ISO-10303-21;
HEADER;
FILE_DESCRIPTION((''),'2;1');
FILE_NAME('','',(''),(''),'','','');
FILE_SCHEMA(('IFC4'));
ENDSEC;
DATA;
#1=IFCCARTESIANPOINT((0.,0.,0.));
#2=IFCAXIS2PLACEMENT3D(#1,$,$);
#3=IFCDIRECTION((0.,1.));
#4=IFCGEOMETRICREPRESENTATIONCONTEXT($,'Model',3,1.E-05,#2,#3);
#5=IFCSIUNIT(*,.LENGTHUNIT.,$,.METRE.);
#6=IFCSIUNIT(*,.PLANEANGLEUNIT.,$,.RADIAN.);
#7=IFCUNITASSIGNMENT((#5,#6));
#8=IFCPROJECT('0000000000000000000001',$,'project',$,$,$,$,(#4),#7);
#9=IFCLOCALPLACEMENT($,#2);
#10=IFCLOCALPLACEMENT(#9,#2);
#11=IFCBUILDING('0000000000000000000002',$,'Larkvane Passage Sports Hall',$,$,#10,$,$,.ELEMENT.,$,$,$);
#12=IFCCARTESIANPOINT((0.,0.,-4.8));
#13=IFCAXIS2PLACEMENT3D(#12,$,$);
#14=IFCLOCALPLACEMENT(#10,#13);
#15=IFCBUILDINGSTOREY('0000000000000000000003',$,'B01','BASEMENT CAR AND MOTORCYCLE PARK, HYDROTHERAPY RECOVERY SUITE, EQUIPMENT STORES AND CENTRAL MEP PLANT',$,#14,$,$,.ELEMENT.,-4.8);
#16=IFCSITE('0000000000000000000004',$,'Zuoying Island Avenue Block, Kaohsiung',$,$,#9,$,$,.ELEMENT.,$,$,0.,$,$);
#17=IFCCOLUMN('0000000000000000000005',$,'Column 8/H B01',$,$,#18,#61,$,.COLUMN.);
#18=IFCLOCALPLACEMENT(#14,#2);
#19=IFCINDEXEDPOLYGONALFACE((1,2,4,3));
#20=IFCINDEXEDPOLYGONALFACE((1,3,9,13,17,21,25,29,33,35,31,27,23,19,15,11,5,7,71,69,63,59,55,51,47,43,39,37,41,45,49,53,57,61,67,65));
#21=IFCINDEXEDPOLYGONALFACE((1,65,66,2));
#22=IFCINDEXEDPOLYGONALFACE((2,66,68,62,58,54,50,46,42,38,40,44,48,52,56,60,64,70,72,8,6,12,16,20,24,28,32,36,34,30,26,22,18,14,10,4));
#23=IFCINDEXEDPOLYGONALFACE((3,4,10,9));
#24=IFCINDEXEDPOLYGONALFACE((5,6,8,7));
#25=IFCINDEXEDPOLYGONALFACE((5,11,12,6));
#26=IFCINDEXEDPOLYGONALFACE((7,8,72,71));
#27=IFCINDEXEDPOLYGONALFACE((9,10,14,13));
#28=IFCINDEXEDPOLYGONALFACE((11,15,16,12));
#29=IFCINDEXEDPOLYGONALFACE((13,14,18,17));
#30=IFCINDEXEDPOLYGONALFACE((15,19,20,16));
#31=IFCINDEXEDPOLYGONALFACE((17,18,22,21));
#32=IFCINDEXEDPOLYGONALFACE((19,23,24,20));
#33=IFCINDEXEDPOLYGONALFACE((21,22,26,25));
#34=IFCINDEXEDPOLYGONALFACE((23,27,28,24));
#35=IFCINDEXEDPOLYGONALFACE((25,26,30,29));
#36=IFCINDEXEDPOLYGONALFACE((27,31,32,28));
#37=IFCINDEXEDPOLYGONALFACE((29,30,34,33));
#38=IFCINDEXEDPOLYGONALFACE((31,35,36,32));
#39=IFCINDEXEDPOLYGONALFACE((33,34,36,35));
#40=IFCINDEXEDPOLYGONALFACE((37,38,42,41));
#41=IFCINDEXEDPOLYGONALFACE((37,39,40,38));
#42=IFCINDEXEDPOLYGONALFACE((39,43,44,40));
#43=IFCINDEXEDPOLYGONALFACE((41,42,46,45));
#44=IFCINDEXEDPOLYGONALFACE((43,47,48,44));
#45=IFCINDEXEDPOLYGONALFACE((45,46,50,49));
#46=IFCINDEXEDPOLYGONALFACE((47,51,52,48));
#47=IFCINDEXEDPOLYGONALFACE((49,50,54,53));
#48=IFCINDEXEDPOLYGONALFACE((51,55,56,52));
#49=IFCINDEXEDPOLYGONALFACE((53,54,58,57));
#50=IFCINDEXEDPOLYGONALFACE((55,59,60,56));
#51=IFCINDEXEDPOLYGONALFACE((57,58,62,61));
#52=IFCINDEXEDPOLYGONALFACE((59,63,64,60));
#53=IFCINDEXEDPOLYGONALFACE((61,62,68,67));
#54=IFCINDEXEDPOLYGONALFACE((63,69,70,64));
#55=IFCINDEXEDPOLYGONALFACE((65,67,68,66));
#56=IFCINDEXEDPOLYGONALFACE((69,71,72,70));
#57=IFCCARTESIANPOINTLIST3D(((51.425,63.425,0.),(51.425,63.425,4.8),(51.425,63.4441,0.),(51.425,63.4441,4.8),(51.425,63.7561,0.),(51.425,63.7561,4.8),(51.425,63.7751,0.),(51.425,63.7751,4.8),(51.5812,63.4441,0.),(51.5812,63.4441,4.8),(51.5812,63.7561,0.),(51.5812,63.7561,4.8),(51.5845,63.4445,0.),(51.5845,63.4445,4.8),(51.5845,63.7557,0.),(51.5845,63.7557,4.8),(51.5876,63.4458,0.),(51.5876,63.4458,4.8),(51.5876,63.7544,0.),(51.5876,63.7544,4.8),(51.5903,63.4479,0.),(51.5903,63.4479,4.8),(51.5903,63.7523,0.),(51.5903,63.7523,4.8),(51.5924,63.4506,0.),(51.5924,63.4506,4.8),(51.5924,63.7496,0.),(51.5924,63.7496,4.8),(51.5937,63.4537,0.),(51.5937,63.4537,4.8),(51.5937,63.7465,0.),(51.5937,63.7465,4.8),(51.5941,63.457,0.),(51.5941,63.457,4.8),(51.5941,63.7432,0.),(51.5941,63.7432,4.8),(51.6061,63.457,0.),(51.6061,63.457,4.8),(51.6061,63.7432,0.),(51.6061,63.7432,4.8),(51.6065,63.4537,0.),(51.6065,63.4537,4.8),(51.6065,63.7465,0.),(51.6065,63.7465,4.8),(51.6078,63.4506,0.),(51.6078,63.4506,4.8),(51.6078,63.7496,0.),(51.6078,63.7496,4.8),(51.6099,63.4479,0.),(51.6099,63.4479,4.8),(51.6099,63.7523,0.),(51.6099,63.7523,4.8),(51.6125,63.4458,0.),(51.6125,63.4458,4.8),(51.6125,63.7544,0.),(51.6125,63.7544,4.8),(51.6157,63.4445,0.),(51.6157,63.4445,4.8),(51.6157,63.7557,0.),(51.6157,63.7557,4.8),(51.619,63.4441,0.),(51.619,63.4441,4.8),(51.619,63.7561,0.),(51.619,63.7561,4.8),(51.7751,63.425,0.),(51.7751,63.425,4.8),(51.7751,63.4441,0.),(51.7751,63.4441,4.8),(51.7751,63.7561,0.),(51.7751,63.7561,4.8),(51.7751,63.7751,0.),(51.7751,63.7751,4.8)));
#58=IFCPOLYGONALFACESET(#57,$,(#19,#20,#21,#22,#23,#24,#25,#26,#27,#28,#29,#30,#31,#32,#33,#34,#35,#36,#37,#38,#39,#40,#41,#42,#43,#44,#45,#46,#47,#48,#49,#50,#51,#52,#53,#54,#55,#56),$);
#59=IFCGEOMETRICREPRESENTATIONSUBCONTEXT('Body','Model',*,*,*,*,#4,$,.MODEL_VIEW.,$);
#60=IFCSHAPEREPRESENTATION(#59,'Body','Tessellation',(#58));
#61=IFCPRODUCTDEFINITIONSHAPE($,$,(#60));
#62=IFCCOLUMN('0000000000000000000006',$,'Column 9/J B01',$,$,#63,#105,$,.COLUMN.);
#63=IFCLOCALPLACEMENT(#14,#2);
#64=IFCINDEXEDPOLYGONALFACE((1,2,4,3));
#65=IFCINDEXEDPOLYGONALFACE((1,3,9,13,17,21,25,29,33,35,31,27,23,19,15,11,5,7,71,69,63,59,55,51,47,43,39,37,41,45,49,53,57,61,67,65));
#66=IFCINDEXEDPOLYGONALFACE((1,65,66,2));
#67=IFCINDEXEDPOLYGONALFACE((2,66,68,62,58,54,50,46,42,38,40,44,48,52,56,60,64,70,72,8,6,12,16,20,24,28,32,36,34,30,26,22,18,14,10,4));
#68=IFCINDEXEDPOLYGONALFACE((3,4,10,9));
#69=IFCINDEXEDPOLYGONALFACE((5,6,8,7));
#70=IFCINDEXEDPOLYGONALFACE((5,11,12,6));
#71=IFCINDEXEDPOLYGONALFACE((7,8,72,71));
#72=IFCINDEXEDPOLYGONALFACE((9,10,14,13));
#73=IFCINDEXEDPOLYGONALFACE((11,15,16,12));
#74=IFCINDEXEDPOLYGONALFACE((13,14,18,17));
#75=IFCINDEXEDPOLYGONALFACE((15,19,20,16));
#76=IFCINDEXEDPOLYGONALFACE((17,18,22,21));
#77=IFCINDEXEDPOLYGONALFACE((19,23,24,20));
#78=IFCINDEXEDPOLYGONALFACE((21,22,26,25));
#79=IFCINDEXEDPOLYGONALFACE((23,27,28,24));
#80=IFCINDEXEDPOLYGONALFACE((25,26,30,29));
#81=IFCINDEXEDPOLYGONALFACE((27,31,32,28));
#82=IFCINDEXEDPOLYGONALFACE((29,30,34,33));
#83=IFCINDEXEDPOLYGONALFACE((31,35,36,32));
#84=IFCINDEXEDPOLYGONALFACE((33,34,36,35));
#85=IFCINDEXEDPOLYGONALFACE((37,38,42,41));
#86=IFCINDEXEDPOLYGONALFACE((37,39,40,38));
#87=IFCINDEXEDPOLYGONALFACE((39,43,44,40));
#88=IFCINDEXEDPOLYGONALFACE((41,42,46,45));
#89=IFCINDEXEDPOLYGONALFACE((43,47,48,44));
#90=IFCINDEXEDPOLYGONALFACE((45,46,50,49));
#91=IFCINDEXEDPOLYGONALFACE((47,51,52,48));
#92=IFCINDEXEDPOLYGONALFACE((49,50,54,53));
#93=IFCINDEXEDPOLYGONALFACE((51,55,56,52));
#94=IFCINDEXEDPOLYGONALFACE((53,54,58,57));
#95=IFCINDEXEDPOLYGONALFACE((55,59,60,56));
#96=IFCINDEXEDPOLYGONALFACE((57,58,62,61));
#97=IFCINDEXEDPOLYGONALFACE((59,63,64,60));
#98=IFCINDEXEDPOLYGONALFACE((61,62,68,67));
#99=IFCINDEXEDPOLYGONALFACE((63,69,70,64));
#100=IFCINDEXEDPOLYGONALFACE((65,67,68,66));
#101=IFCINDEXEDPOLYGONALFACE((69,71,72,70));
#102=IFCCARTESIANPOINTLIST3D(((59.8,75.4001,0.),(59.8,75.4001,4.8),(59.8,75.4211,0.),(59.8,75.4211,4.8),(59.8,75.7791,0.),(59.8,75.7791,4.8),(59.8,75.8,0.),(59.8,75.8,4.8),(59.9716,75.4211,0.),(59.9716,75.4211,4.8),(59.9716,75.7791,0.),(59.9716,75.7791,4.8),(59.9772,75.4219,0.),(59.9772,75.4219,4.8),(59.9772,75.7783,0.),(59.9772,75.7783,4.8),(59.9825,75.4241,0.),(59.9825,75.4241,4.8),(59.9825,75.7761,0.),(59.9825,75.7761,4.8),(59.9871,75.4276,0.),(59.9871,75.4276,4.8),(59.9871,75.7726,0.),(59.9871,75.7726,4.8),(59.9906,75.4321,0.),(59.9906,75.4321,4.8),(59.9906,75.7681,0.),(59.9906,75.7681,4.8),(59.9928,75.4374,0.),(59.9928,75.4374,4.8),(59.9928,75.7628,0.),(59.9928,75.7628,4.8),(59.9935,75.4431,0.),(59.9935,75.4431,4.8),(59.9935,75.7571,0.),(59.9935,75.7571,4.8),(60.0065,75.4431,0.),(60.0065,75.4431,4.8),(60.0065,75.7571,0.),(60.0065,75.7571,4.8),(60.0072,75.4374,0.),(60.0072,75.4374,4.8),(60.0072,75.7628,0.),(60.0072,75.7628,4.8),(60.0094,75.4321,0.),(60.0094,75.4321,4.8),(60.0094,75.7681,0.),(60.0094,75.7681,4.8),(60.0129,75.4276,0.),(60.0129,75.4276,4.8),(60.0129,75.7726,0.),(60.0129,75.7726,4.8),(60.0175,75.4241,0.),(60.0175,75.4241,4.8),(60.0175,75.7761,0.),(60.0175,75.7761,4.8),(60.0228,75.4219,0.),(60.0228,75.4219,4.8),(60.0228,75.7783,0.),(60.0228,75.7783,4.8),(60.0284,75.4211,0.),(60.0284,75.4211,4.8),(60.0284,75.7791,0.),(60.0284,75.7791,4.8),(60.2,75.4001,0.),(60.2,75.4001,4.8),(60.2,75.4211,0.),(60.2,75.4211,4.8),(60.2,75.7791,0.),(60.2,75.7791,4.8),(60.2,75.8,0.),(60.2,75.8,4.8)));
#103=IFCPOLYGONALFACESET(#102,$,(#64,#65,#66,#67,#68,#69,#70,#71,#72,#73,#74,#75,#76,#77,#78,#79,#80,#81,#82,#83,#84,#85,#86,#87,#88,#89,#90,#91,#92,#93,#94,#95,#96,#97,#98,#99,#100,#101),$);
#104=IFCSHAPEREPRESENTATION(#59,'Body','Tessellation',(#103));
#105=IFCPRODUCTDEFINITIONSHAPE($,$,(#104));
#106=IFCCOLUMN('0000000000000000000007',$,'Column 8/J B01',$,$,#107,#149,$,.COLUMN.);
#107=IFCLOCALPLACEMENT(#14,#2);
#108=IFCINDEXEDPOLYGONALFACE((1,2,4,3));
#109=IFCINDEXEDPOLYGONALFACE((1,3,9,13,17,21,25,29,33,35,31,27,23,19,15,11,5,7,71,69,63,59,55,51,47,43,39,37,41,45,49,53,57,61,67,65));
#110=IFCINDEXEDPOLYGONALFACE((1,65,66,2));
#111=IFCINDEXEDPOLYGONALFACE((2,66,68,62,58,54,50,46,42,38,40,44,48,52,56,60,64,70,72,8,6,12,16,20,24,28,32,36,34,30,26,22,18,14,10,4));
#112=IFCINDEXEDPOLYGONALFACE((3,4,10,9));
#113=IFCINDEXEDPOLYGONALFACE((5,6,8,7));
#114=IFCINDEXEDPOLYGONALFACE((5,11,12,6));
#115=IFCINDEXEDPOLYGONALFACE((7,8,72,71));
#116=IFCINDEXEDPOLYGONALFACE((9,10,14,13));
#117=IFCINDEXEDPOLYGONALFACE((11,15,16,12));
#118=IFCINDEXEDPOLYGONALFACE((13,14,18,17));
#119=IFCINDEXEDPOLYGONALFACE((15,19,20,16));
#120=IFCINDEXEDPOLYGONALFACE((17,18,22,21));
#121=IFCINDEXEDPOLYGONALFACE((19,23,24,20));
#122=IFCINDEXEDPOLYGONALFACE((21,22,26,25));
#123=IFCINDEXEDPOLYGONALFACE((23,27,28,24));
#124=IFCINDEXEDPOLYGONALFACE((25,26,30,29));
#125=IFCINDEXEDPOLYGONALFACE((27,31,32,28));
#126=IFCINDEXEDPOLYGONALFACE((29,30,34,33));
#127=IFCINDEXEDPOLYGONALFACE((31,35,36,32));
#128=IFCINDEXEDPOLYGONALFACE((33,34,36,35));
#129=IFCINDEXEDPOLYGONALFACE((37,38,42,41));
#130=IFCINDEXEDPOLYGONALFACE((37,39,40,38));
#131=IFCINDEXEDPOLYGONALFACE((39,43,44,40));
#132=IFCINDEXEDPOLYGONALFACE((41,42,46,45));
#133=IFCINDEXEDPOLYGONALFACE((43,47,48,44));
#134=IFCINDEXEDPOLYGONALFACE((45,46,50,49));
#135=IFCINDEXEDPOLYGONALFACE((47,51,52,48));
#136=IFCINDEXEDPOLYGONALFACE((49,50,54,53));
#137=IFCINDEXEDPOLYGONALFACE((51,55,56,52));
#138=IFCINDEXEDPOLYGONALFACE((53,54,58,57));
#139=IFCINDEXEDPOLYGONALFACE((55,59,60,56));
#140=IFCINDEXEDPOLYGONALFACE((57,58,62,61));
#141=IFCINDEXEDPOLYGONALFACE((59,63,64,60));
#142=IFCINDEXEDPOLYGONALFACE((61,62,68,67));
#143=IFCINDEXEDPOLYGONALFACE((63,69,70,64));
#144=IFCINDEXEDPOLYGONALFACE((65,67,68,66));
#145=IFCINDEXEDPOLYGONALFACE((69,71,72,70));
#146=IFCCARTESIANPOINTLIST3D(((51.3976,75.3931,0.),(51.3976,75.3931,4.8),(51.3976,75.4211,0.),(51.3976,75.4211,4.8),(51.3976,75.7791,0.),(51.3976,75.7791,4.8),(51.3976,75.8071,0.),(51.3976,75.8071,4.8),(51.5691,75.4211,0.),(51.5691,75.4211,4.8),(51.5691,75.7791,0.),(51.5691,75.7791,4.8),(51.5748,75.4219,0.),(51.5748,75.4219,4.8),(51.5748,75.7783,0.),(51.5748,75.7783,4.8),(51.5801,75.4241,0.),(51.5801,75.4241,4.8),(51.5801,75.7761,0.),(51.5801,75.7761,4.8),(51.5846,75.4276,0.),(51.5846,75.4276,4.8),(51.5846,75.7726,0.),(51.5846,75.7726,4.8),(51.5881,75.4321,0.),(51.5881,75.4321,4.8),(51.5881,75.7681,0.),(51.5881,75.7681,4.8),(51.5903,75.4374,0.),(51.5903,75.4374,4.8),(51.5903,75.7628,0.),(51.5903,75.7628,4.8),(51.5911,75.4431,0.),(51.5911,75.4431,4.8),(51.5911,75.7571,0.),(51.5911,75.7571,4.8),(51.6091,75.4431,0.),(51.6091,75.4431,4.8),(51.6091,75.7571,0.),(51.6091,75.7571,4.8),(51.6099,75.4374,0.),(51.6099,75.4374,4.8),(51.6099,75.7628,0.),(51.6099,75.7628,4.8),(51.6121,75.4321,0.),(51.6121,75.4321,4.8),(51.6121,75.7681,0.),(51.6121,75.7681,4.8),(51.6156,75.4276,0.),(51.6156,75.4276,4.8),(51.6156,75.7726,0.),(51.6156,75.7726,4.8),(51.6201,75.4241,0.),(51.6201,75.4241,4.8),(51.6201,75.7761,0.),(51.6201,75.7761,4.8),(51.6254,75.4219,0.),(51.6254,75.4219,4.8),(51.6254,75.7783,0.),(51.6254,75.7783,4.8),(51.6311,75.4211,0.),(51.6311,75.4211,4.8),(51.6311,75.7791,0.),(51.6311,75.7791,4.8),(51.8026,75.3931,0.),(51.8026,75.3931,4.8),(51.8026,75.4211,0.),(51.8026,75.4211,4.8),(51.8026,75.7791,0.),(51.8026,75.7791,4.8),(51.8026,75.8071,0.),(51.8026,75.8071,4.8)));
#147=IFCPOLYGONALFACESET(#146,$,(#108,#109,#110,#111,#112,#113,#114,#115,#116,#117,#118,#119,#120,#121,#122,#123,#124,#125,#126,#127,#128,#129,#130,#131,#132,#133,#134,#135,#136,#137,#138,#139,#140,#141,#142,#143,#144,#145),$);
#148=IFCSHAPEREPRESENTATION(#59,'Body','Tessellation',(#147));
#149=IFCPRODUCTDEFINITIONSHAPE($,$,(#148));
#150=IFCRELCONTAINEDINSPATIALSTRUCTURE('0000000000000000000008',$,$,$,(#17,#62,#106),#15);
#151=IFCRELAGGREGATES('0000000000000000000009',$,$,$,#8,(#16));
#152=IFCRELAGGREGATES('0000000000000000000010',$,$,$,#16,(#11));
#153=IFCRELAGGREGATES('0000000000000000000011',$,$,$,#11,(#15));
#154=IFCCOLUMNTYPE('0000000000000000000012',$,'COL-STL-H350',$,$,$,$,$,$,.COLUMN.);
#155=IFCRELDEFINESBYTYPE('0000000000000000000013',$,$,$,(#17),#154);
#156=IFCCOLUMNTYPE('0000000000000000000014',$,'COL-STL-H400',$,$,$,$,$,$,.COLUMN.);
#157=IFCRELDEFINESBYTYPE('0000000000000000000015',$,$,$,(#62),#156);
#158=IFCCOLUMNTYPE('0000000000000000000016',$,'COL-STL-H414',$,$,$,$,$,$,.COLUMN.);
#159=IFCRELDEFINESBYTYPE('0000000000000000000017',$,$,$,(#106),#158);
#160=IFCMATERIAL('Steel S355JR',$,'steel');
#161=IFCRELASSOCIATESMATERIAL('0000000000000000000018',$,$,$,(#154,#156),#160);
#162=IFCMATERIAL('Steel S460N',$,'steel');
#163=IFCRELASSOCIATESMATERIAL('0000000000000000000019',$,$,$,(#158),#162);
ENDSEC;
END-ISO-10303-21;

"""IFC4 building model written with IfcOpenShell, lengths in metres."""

from ifc_helpers import new_model, si_unit, direction, frame, origin, origin_2d, place, context, subcontext, project, spatial, i_section, extrude, material, material_profile, profile_set, type_object, element, save


model = new_model("IFC4")

# Units and contexts
model_context = context("Model", 3, precision=1e-05, world=origin(), true_north=direction((0.0, 1.0)))
body_context = subcontext(model_context, "Body", "Model", "MODEL_VIEW")
ifc_project = project(units=[si_unit("LENGTHUNIT", "METRE"), si_unit("PLANEANGLEUNIT", "RADIAN")], contexts=[model_context])

# Site, building, storey
site_placement = place(None, origin())
site = spatial("IfcSite", under=ifc_project, at=site_placement, Name="Zuoying Island Avenue Block, Kaohsiung", CompositionType="ELEMENT", RefElevation=0.0)
building_placement = place(site_placement, origin())
building = spatial("IfcBuilding", under=site, at=building_placement, Name="Larkvane Passage Sports Hall", CompositionType="ELEMENT")
storey_placement = place(building_placement, frame((0.0, 0.0, -4.8)))
storey = spatial("IfcBuildingStorey", under=building, at=storey_placement, Name="B01", Description="BASEMENT CAR AND MOTORCYCLE PARK, HYDROTHERAPY RECOVERY SUITE, EQUIPMENT STORES AND CENTRAL MEP PLANT", CompositionType="ELEMENT", Elevation=-4.8)

# Columns
ifc_material_1 = material(Name="Steel S355JR", Category="steel")
ifc_material_profile_1 = material_profile(ifc_material_1, i_section(OverallWidth=0.3501, OverallDepth=0.3501, WebThickness=0.012, FlangeThickness=0.019, FilletRadius=0.0129, at=origin_2d()), Name="H-350x350x12x19")
ifc_profile_set_1 = profile_set([ifc_material_profile_1], Name="Steel S355JR")
column_type_1 = type_object("IfcColumnType", Name="COL-STL-H350", PredefinedType="COLUMN", material=ifc_profile_set_1)
column_1_placement = place(storey_placement, frame((51.6001, 63.6001, 0.0), z_axis=(0.0, 0.0, 1.0), x_axis=(1.0, 0.0, 0.0)))
element("IfcColumn", 1, at=column_1_placement, inside=storey, type_object=column_type_1, Name="Column 8/H B01", PredefinedType="COLUMN", context=body_context, shape_type="SweptSolid", body=[
    extrude(i_section(OverallWidth=0.3501, OverallDepth=0.3501, WebThickness=0.012, FlangeThickness=0.019, FilletRadius=0.0129, at=origin_2d()), origin(), (0.0, 0.0, 1.0), 4.8),
])
ifc_material_profile_2 = material_profile(ifc_material_1, i_section(OverallWidth=0.3999, OverallDepth=0.3999, WebThickness=0.0129, FlangeThickness=0.021, FilletRadius=0.022, at=origin_2d()), Name="H-400x400x13x21")
ifc_profile_set_2 = profile_set([ifc_material_profile_2], Name="Steel S355JR")
column_type_2 = type_object("IfcColumnType", Name="COL-STL-H400", PredefinedType="COLUMN", material=ifc_profile_set_2)
column_2_placement = place(storey_placement, frame((60.0, 75.6001, 0.0), z_axis=(0.0, 0.0, 1.0), x_axis=(1.0, 0.0, 0.0)))
element("IfcColumn", 2, at=column_2_placement, inside=storey, type_object=column_type_2, Name="Column 9/J B01", PredefinedType="COLUMN", context=body_context, shape_type="SweptSolid", body=[
    extrude(i_section(OverallWidth=0.3999, OverallDepth=0.3999, WebThickness=0.0129, FlangeThickness=0.021, FilletRadius=0.022, at=origin_2d()), origin(), (0.0, 0.0, 1.0), 4.8),
])
ifc_material_2 = material(Name="Steel S460N", Category="steel")
ifc_material_profile_3 = material_profile(ifc_material_2, i_section(OverallWidth=0.405, OverallDepth=0.4141, WebThickness=0.0181, FlangeThickness=0.0281, FilletRadius=0.022, at=origin_2d()), Name="H-414x405x18x28")
ifc_profile_set_3 = profile_set([ifc_material_profile_3], Name="Steel S460N")
column_type_3 = type_object("IfcColumnType", Name="COL-STL-H414", PredefinedType="COLUMN", material=ifc_profile_set_3)
column_3_placement = place(storey_placement, frame((51.6001, 75.6001, 0.0), z_axis=(0.0, 0.0, 1.0), x_axis=(1.0, 0.0, 0.0)))
element("IfcColumn", 3, at=column_3_placement, inside=storey, type_object=column_type_3, Name="Column 8/J B01", PredefinedType="COLUMN", context=body_context, shape_type="SweptSolid", body=[
    extrude(i_section(OverallWidth=0.405, OverallDepth=0.4141, WebThickness=0.0181, FlangeThickness=0.0281, FilletRadius=0.022, at=origin_2d()), origin(), (0.0, 0.0, 1.0), 4.8),
])

save(model, "model.ifc")
